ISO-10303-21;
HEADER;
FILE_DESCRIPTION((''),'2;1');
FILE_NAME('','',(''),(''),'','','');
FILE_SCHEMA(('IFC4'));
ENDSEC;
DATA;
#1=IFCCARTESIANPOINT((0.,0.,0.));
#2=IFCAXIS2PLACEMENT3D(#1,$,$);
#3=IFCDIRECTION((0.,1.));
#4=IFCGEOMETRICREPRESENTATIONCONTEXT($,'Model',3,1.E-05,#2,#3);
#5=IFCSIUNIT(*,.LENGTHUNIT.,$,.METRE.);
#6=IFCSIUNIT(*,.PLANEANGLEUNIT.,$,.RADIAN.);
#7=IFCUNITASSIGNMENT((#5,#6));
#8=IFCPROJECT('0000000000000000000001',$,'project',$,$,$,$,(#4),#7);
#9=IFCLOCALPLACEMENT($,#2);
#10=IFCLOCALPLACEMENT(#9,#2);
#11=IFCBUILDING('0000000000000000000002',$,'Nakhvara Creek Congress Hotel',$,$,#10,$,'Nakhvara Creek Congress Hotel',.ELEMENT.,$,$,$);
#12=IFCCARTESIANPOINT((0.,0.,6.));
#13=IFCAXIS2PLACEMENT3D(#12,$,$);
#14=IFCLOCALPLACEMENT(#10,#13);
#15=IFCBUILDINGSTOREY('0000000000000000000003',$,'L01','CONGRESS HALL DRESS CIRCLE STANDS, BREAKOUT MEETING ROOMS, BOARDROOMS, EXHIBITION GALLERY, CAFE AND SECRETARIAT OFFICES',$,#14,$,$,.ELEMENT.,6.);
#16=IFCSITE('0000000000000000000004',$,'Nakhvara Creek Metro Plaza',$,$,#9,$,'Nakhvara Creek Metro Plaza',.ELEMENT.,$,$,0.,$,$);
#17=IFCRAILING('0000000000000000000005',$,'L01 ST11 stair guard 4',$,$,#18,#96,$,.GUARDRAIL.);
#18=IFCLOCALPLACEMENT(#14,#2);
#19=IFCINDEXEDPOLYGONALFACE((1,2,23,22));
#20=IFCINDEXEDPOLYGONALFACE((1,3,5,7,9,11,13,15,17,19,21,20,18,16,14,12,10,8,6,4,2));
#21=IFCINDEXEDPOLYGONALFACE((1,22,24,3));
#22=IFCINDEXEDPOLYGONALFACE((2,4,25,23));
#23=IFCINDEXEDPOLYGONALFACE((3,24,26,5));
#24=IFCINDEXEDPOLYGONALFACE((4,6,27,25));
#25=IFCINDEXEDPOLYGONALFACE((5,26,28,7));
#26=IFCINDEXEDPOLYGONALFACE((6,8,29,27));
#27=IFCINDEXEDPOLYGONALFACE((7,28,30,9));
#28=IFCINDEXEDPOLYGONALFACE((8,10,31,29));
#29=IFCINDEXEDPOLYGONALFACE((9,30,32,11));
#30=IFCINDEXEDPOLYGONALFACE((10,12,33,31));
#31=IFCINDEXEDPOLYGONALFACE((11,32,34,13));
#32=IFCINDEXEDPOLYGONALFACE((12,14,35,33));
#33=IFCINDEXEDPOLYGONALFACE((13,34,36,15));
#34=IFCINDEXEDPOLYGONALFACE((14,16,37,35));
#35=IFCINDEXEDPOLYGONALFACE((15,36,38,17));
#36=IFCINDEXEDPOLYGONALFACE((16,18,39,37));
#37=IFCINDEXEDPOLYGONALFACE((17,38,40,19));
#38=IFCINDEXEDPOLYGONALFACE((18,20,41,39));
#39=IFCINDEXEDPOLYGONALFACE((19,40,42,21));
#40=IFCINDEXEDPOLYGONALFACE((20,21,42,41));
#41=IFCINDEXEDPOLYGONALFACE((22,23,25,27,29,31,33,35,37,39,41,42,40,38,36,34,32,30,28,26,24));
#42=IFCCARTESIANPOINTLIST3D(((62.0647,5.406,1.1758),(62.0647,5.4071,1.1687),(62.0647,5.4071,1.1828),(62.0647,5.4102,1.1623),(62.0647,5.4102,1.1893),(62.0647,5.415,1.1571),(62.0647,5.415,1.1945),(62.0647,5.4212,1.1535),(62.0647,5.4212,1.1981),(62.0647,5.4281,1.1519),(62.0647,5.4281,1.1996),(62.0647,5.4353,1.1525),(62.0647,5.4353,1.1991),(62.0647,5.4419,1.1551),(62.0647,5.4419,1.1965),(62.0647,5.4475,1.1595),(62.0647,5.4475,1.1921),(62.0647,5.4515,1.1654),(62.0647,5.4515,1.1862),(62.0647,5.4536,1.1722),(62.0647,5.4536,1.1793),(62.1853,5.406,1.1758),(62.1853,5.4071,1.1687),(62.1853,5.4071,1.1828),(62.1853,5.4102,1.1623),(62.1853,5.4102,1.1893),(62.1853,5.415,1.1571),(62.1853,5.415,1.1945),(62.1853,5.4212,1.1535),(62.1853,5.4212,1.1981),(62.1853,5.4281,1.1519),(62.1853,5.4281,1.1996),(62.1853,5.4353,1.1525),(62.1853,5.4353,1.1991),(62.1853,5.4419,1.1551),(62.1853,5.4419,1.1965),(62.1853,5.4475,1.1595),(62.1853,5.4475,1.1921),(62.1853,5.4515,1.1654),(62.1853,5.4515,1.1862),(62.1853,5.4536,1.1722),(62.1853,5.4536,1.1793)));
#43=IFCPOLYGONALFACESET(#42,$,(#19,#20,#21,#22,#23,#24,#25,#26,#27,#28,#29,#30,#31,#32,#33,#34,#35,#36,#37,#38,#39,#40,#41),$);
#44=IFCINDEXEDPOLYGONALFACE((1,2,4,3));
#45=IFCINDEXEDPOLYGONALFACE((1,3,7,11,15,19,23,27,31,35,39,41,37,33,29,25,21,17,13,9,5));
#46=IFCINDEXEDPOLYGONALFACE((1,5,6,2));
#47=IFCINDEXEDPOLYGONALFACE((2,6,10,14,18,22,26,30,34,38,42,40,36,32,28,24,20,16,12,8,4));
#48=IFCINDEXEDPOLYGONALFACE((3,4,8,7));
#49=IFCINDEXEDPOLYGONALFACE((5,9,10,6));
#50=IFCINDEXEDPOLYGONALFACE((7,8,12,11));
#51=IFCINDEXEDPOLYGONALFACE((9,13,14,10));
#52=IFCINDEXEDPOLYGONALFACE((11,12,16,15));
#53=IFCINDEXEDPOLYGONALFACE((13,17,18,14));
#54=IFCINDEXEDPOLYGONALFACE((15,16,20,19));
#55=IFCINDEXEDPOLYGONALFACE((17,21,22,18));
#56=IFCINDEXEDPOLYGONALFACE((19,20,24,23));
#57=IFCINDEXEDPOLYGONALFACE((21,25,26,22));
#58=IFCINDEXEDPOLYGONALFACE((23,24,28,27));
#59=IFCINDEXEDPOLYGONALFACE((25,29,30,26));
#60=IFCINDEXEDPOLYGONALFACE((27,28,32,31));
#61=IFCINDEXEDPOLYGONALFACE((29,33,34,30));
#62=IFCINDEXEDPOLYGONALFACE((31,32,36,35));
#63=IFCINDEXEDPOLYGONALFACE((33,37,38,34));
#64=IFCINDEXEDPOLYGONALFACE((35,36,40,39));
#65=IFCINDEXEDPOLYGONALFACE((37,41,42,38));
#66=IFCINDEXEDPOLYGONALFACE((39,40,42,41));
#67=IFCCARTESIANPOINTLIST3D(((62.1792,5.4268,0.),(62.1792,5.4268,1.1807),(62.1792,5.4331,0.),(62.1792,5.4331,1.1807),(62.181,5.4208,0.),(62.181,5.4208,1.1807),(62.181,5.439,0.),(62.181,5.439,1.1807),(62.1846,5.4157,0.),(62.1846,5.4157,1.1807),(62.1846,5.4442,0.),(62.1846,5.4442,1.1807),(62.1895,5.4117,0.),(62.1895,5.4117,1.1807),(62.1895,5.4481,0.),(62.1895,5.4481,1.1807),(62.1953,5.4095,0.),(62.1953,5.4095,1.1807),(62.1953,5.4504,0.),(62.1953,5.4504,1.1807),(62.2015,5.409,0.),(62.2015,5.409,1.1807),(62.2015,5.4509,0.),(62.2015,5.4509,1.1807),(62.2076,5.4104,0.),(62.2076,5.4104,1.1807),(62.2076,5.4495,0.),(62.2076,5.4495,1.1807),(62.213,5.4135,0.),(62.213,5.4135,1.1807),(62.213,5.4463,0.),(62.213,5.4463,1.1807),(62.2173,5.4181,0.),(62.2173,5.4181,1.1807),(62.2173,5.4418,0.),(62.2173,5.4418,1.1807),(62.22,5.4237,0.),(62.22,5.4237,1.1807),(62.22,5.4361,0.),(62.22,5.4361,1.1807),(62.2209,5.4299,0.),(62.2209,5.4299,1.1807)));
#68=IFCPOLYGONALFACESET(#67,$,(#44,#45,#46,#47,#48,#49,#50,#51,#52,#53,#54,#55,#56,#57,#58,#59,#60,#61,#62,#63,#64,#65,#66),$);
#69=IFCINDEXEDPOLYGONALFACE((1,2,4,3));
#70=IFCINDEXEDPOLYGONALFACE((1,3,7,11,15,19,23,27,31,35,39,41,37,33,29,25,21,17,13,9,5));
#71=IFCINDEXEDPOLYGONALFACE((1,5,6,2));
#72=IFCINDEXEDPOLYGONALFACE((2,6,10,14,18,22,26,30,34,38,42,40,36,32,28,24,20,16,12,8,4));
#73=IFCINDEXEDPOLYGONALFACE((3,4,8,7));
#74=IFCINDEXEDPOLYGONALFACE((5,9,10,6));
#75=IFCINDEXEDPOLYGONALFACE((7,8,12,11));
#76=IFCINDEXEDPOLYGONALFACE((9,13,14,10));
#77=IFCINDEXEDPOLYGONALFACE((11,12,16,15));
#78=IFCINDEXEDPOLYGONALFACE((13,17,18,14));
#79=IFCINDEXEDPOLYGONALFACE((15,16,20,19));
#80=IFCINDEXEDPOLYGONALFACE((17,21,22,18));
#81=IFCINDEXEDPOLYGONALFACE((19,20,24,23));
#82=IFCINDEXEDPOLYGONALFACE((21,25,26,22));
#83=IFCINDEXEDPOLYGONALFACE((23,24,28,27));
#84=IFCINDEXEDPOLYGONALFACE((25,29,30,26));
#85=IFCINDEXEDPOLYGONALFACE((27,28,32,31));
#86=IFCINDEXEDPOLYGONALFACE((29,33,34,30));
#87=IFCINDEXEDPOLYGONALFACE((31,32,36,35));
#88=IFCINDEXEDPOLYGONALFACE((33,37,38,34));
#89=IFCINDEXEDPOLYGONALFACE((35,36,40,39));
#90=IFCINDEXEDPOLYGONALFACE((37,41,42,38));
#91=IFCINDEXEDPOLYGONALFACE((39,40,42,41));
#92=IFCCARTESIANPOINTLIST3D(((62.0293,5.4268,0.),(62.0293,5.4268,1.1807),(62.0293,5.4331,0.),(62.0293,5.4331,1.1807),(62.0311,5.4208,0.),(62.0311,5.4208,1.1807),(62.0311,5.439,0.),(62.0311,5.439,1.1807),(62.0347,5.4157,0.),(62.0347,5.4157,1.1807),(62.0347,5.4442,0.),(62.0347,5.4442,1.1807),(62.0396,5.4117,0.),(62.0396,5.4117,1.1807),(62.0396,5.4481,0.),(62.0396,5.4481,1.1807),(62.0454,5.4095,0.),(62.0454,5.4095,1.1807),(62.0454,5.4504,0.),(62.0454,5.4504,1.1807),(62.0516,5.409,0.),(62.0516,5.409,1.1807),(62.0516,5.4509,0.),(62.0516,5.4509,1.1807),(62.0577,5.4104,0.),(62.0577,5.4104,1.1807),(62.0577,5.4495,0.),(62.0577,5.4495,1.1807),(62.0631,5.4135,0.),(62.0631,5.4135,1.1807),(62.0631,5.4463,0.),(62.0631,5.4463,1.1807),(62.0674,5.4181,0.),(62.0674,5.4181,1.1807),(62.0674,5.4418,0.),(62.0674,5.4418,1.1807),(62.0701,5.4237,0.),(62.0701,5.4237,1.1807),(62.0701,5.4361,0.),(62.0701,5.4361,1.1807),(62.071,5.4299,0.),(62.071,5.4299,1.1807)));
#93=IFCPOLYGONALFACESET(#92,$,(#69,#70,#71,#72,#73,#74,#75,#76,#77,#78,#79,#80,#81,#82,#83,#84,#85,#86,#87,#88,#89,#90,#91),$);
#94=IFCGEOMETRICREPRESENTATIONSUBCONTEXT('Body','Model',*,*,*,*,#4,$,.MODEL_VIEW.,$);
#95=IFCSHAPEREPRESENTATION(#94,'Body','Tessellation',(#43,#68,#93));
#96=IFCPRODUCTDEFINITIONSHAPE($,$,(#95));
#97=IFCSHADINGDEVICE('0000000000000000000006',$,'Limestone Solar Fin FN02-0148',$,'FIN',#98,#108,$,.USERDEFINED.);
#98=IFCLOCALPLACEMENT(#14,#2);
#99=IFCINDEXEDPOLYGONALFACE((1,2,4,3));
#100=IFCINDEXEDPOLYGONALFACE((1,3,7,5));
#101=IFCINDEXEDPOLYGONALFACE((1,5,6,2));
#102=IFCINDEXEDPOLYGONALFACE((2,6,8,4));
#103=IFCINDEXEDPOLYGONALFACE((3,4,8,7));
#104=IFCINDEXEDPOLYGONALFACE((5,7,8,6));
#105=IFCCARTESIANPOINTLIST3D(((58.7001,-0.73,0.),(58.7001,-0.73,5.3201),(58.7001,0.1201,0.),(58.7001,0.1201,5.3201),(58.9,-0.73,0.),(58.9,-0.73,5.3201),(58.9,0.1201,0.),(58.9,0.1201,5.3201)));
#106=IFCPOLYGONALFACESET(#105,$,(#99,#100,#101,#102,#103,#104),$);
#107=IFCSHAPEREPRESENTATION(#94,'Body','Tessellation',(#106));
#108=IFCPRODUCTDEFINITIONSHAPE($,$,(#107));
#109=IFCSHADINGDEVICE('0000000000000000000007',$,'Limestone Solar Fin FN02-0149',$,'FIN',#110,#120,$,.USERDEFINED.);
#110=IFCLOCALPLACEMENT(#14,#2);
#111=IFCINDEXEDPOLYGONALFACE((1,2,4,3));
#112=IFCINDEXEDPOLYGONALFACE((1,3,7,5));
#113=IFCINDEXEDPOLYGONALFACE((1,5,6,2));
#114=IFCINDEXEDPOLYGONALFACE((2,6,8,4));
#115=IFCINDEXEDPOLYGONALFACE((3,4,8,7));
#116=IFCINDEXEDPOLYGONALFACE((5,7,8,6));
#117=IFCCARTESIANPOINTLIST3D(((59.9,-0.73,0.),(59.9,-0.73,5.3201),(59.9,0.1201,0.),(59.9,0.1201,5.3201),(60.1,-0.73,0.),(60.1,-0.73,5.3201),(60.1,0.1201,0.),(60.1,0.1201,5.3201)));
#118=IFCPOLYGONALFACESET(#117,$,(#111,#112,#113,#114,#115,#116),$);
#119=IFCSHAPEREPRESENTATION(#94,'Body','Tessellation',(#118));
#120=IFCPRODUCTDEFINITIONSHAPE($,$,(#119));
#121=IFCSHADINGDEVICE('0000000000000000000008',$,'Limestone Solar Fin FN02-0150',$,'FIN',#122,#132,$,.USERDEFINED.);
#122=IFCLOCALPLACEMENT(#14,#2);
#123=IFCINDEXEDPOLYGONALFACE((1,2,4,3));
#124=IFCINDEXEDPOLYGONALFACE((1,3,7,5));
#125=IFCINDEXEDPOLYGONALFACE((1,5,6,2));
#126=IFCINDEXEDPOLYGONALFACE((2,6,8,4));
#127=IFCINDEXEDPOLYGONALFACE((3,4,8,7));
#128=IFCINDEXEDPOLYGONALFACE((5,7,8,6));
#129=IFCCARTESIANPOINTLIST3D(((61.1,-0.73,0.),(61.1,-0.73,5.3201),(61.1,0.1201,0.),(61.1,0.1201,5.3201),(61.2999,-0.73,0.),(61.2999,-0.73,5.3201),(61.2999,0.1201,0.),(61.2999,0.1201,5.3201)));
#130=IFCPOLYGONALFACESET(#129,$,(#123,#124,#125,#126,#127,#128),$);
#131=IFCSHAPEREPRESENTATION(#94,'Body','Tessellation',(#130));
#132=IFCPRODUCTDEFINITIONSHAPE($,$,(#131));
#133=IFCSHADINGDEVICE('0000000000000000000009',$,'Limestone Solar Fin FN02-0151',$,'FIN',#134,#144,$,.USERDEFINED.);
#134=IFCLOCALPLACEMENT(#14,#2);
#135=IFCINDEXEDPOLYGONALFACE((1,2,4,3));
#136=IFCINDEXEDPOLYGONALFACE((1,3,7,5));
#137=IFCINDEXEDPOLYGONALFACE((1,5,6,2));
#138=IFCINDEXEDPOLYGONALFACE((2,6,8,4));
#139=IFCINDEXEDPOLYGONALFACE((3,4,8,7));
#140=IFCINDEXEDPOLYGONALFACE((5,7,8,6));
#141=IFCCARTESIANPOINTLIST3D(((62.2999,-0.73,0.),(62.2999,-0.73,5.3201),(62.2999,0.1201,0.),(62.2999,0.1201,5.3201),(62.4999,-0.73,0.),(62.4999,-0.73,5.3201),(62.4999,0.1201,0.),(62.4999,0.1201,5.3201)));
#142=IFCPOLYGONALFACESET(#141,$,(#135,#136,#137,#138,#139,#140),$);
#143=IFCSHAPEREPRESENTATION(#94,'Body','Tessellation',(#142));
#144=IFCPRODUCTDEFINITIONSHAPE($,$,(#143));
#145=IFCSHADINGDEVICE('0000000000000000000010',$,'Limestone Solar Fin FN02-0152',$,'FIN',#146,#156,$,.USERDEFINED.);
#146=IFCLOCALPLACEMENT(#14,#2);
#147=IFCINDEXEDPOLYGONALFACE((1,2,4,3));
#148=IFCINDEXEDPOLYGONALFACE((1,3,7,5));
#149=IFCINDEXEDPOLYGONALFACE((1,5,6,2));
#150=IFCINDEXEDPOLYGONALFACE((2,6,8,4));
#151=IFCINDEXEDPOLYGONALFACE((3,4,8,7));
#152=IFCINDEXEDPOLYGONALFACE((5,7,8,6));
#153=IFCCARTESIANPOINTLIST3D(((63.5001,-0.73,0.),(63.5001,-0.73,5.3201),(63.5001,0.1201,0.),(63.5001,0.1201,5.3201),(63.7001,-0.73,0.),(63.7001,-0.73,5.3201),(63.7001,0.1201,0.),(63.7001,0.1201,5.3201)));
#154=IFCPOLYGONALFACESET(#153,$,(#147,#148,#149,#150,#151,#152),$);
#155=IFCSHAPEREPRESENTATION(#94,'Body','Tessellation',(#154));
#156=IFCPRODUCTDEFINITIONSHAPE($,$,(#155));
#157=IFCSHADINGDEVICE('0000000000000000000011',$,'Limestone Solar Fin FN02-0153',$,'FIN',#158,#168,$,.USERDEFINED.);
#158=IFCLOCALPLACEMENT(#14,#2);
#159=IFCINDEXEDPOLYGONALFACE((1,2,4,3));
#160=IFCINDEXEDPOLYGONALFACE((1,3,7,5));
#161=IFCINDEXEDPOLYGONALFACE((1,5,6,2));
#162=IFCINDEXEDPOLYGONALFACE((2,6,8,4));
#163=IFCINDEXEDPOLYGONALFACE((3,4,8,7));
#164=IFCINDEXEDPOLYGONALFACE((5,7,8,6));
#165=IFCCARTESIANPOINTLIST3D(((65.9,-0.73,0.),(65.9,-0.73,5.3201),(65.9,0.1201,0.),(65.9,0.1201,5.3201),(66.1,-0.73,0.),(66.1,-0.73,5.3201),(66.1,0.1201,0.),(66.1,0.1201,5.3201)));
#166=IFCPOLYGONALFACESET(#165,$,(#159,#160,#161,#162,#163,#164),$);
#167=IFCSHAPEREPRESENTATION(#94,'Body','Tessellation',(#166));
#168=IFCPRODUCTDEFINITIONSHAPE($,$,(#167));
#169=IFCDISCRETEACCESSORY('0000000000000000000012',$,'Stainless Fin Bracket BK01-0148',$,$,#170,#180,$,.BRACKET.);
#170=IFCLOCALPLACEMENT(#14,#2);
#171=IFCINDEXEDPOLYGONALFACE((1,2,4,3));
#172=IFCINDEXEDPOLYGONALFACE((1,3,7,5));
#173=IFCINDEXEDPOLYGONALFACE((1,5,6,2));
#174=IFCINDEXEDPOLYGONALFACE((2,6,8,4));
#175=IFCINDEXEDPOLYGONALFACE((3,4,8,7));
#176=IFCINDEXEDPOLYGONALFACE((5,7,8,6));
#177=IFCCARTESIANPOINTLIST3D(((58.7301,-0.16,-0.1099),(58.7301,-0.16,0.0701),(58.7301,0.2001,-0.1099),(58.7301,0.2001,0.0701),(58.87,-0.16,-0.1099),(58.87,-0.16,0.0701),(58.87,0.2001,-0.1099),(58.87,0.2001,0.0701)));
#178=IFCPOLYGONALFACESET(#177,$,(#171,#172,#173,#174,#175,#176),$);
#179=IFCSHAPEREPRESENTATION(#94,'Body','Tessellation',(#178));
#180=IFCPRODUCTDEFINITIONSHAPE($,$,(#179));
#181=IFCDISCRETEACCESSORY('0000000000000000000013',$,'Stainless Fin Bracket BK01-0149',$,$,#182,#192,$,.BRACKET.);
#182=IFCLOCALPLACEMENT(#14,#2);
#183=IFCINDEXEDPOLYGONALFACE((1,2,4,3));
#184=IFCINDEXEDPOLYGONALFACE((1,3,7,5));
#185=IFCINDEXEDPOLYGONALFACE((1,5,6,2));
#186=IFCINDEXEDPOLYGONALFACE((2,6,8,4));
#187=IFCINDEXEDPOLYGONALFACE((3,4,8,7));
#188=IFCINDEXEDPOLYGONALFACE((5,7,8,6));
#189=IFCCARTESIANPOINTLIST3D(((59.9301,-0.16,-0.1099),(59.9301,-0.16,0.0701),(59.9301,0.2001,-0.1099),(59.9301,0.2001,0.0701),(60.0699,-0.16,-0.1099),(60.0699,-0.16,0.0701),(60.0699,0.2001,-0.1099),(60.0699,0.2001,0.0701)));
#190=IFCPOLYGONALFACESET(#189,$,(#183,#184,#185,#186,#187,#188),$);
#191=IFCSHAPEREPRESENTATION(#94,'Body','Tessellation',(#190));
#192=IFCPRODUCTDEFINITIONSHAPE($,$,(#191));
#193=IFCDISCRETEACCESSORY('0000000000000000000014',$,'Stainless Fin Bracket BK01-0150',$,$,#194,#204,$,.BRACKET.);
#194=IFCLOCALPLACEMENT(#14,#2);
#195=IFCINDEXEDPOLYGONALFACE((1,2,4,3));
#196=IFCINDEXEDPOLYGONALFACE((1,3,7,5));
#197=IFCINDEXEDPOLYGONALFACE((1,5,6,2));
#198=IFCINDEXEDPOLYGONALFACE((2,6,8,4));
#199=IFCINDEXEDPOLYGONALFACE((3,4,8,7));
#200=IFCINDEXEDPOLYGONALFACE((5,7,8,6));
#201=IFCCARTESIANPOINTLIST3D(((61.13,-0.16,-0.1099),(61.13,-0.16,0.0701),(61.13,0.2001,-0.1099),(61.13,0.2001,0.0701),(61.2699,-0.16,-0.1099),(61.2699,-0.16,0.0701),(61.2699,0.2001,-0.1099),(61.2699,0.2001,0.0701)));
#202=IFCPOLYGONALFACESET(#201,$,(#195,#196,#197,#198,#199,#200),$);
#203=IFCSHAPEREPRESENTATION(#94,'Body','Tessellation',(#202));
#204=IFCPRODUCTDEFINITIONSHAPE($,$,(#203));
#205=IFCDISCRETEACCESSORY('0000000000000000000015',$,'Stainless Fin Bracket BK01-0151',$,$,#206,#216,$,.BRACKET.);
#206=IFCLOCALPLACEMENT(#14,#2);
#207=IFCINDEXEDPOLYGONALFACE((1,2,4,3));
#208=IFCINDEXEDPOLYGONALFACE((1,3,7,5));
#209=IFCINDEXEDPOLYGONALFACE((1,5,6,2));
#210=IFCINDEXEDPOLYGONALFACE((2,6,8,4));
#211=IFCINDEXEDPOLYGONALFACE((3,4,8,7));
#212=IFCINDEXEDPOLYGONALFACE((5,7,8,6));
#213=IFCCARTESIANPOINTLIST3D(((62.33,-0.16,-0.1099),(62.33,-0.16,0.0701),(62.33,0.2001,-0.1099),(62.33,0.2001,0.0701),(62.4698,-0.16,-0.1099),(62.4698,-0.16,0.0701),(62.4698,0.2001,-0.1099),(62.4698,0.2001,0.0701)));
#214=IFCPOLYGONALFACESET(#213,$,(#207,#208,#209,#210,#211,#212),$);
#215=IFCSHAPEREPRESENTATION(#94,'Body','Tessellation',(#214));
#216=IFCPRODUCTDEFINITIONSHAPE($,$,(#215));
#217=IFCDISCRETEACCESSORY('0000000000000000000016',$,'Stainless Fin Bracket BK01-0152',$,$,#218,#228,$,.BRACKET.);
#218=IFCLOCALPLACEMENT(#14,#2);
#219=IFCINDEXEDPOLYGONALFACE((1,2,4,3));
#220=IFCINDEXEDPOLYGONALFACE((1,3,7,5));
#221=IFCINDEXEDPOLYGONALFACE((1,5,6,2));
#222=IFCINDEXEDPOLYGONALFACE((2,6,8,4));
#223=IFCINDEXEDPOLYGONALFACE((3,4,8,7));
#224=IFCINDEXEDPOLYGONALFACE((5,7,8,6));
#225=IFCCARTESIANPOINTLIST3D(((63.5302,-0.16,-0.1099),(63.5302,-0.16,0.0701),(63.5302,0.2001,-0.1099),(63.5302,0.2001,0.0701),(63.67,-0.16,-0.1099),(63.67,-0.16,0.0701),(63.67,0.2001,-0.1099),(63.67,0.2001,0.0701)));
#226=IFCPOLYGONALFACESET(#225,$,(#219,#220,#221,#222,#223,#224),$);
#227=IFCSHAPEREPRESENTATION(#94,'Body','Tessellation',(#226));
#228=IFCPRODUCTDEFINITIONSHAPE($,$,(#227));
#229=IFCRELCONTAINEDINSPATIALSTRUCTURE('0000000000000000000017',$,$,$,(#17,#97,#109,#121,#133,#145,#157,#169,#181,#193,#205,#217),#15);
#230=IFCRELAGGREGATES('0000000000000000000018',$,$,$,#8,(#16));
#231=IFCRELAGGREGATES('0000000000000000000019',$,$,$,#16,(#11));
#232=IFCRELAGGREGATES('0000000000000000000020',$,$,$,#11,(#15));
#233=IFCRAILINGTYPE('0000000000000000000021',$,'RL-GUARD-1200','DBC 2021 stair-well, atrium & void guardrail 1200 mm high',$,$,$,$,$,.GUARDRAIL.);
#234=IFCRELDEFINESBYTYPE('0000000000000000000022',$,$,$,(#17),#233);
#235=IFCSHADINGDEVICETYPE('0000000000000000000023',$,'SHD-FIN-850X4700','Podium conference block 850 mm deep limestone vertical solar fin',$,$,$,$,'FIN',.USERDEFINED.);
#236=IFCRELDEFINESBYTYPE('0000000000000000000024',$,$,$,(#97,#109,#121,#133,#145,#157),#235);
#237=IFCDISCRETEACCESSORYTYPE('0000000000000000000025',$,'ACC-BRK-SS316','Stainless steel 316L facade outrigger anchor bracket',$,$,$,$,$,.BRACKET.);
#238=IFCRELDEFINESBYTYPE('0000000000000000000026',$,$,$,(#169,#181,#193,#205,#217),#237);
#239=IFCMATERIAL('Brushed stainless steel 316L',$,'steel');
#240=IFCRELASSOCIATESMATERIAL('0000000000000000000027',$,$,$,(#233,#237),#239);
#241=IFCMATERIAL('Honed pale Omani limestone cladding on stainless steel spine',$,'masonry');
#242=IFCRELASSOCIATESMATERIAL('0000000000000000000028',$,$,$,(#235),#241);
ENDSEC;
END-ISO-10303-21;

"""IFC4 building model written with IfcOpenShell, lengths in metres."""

from ifc_helpers import new_model, si_unit, direction, frame, origin, origin_2d, place, context, subcontext, project, spatial, rectangle, circle, extrude, material, type_object, element, save


model = new_model("IFC4")

# Units and contexts
model_context = context("Model", 3, precision=1e-05, world=origin(), true_north=direction((0.0, 1.0)))
body_context = subcontext(model_context, "Body", "Model", "MODEL_VIEW")
ifc_project = project(units=[si_unit("LENGTHUNIT", "METRE"), si_unit("PLANEANGLEUNIT", "RADIAN")], contexts=[model_context])

# Site, building, storey
site_placement = place(None, origin())
site = spatial("IfcSite", under=ifc_project, at=site_placement, Name="Nakhvara Creek Metro Plaza", LongName="Nakhvara Creek Metro Plaza", CompositionType="ELEMENT", RefElevation=0.0)
building_placement = place(site_placement, origin())
building = spatial("IfcBuilding", under=site, at=building_placement, Name="Nakhvara Creek Congress Hotel", LongName="Nakhvara Creek Congress Hotel", CompositionType="ELEMENT")
storey_placement = place(building_placement, frame((0.0, 0.0, 6.0)))
storey = spatial("IfcBuildingStorey", under=building, at=storey_placement, Name="L01", Description="CONGRESS HALL DRESS CIRCLE STANDS, BREAKOUT MEETING ROOMS, BOARDROOMS, EXHIBITION GALLERY, CAFE AND SECRETARIAT OFFICES", CompositionType="ELEMENT", Elevation=6.0)

# Railing
ifc_material_1 = material(Name="Brushed stainless steel 316L", Category="steel")
railing_type = type_object("IfcRailingType", Name="RL-GUARD-1200", Description="DBC 2021 stair-well, atrium & void guardrail 1200 mm high", PredefinedType="GUARDRAIL", material=ifc_material_1)
railing_1_placement = place(storey_placement, frame((62.2, 5.4299, 0.0)))
element("IfcRailing", 1, at=railing_1_placement, inside=storey, type_object=railing_type, Name="L01 ST11 stair guard 4", PredefinedType="GUARDRAIL", context=body_context, shape_type="SweptSolid", body=[
    extrude(circle(Radius=0.0239, at=origin_2d()), frame((-0.0146, 0.0, 1.1758), z_axis=(-1.0, 0.0, 0.0), x_axis=(0.0, -1.0, 0.0)), (0.0, 0.0, 1.0), 0.1206),
    extrude(circle(Radius=0.021, at=origin_2d()), origin(), (0.0, 0.0, 1.0), 1.1807),
    extrude(circle(Radius=0.021, at=origin_2d()), frame((-0.1499, 0.0, 0.0)), (0.0, 0.0, 1.0), 1.1807),
])

# Shading devices
ifc_material_2 = material(Name="Honed pale Omani limestone cladding on stainless steel spine", Category="masonry")
shading_device_type = type_object("IfcShadingDeviceType", Name="SHD-FIN-850X4700", Description="Podium conference block 850 mm deep limestone vertical solar fin", ElementType="FIN", PredefinedType="USERDEFINED", material=ifc_material_2)
for number, where, z_axis, x_axis, name in (
    (2, (58.8, -0.3049, 0.0), (0.0, 0.0, 1.0), (1.0, 0.0, 0.0), "Limestone Solar Fin FN02-0148"),
    (3, (60.0, -0.3049, 0.0), (0.0, 0.0, 1.0), (1.0, 0.0, 0.0), "Limestone Solar Fin FN02-0149"),
    (4, (61.2, -0.3049, 0.0), (0.0, 0.0, 1.0), (1.0, 0.0, 0.0), "Limestone Solar Fin FN02-0150"),
    (5, (62.3999, -0.3049, 0.0), (0.0, 0.0, 1.0), (1.0, 0.0, 0.0), "Limestone Solar Fin FN02-0151"),
    (6, (63.6001, -0.3049, 0.0), (0.0, 0.0, 1.0), (1.0, 0.0, 0.0), "Limestone Solar Fin FN02-0152"),
    (7, (66.0, -0.3049, 0.0), (0.0, 0.0, 1.0), (1.0, 0.0, 0.0), "Limestone Solar Fin FN02-0153"),
):
    element("IfcShadingDevice", number, at=place(storey_placement, frame(where, z_axis=z_axis, x_axis=x_axis)), inside=storey, type_object=shading_device_type, Name=name, ObjectType="FIN", PredefinedType="USERDEFINED", context=body_context, shape_type="SweptSolid", body=[
        extrude(rectangle(XDim=0.2, YDim=0.8501, at=origin_2d()), origin(), (0.0, 0.0, 1.0), 5.3201),
    ])

# Discrete accessories
discrete_accessory_type = type_object("IfcDiscreteAccessoryType", Name="ACC-BRK-SS316", Description="Stainless steel 316L facade outrigger anchor bracket", PredefinedType="BRACKET", material=ifc_material_1)
for number, where, z_axis, x_axis, name in (
    (8, (58.8, 0.02, -0.1099), (0.0, 0.0, 1.0), (1.0, 0.0, 0.0), "Stainless Fin Bracket BK01-0148"),
    (9, (60.0, 0.02, -0.1099), (0.0, 0.0, 1.0), (1.0, 0.0, 0.0), "Stainless Fin Bracket BK01-0149"),
    (10, (61.2, 0.02, -0.1099), (0.0, 0.0, 1.0), (1.0, 0.0, 0.0), "Stainless Fin Bracket BK01-0150"),
    (11, (62.3999, 0.02, -0.1099), (0.0, 0.0, 1.0), (1.0, 0.0, 0.0), "Stainless Fin Bracket BK01-0151"),
    (12, (63.6001, 0.02, -0.1099), (0.0, 0.0, 1.0), (1.0, 0.0, 0.0), "Stainless Fin Bracket BK01-0152"),
):
    element("IfcDiscreteAccessory", number, at=place(storey_placement, frame(where, z_axis=z_axis, x_axis=x_axis)), inside=storey, type_object=discrete_accessory_type, Name=name, PredefinedType="BRACKET", context=body_context, shape_type="SweptSolid", body=[
        extrude(rectangle(XDim=0.1399, YDim=0.3601, at=origin_2d()), origin(), (0.0, 0.0, 1.0), 0.1799),
    ])

save(model, "model.ifc")
